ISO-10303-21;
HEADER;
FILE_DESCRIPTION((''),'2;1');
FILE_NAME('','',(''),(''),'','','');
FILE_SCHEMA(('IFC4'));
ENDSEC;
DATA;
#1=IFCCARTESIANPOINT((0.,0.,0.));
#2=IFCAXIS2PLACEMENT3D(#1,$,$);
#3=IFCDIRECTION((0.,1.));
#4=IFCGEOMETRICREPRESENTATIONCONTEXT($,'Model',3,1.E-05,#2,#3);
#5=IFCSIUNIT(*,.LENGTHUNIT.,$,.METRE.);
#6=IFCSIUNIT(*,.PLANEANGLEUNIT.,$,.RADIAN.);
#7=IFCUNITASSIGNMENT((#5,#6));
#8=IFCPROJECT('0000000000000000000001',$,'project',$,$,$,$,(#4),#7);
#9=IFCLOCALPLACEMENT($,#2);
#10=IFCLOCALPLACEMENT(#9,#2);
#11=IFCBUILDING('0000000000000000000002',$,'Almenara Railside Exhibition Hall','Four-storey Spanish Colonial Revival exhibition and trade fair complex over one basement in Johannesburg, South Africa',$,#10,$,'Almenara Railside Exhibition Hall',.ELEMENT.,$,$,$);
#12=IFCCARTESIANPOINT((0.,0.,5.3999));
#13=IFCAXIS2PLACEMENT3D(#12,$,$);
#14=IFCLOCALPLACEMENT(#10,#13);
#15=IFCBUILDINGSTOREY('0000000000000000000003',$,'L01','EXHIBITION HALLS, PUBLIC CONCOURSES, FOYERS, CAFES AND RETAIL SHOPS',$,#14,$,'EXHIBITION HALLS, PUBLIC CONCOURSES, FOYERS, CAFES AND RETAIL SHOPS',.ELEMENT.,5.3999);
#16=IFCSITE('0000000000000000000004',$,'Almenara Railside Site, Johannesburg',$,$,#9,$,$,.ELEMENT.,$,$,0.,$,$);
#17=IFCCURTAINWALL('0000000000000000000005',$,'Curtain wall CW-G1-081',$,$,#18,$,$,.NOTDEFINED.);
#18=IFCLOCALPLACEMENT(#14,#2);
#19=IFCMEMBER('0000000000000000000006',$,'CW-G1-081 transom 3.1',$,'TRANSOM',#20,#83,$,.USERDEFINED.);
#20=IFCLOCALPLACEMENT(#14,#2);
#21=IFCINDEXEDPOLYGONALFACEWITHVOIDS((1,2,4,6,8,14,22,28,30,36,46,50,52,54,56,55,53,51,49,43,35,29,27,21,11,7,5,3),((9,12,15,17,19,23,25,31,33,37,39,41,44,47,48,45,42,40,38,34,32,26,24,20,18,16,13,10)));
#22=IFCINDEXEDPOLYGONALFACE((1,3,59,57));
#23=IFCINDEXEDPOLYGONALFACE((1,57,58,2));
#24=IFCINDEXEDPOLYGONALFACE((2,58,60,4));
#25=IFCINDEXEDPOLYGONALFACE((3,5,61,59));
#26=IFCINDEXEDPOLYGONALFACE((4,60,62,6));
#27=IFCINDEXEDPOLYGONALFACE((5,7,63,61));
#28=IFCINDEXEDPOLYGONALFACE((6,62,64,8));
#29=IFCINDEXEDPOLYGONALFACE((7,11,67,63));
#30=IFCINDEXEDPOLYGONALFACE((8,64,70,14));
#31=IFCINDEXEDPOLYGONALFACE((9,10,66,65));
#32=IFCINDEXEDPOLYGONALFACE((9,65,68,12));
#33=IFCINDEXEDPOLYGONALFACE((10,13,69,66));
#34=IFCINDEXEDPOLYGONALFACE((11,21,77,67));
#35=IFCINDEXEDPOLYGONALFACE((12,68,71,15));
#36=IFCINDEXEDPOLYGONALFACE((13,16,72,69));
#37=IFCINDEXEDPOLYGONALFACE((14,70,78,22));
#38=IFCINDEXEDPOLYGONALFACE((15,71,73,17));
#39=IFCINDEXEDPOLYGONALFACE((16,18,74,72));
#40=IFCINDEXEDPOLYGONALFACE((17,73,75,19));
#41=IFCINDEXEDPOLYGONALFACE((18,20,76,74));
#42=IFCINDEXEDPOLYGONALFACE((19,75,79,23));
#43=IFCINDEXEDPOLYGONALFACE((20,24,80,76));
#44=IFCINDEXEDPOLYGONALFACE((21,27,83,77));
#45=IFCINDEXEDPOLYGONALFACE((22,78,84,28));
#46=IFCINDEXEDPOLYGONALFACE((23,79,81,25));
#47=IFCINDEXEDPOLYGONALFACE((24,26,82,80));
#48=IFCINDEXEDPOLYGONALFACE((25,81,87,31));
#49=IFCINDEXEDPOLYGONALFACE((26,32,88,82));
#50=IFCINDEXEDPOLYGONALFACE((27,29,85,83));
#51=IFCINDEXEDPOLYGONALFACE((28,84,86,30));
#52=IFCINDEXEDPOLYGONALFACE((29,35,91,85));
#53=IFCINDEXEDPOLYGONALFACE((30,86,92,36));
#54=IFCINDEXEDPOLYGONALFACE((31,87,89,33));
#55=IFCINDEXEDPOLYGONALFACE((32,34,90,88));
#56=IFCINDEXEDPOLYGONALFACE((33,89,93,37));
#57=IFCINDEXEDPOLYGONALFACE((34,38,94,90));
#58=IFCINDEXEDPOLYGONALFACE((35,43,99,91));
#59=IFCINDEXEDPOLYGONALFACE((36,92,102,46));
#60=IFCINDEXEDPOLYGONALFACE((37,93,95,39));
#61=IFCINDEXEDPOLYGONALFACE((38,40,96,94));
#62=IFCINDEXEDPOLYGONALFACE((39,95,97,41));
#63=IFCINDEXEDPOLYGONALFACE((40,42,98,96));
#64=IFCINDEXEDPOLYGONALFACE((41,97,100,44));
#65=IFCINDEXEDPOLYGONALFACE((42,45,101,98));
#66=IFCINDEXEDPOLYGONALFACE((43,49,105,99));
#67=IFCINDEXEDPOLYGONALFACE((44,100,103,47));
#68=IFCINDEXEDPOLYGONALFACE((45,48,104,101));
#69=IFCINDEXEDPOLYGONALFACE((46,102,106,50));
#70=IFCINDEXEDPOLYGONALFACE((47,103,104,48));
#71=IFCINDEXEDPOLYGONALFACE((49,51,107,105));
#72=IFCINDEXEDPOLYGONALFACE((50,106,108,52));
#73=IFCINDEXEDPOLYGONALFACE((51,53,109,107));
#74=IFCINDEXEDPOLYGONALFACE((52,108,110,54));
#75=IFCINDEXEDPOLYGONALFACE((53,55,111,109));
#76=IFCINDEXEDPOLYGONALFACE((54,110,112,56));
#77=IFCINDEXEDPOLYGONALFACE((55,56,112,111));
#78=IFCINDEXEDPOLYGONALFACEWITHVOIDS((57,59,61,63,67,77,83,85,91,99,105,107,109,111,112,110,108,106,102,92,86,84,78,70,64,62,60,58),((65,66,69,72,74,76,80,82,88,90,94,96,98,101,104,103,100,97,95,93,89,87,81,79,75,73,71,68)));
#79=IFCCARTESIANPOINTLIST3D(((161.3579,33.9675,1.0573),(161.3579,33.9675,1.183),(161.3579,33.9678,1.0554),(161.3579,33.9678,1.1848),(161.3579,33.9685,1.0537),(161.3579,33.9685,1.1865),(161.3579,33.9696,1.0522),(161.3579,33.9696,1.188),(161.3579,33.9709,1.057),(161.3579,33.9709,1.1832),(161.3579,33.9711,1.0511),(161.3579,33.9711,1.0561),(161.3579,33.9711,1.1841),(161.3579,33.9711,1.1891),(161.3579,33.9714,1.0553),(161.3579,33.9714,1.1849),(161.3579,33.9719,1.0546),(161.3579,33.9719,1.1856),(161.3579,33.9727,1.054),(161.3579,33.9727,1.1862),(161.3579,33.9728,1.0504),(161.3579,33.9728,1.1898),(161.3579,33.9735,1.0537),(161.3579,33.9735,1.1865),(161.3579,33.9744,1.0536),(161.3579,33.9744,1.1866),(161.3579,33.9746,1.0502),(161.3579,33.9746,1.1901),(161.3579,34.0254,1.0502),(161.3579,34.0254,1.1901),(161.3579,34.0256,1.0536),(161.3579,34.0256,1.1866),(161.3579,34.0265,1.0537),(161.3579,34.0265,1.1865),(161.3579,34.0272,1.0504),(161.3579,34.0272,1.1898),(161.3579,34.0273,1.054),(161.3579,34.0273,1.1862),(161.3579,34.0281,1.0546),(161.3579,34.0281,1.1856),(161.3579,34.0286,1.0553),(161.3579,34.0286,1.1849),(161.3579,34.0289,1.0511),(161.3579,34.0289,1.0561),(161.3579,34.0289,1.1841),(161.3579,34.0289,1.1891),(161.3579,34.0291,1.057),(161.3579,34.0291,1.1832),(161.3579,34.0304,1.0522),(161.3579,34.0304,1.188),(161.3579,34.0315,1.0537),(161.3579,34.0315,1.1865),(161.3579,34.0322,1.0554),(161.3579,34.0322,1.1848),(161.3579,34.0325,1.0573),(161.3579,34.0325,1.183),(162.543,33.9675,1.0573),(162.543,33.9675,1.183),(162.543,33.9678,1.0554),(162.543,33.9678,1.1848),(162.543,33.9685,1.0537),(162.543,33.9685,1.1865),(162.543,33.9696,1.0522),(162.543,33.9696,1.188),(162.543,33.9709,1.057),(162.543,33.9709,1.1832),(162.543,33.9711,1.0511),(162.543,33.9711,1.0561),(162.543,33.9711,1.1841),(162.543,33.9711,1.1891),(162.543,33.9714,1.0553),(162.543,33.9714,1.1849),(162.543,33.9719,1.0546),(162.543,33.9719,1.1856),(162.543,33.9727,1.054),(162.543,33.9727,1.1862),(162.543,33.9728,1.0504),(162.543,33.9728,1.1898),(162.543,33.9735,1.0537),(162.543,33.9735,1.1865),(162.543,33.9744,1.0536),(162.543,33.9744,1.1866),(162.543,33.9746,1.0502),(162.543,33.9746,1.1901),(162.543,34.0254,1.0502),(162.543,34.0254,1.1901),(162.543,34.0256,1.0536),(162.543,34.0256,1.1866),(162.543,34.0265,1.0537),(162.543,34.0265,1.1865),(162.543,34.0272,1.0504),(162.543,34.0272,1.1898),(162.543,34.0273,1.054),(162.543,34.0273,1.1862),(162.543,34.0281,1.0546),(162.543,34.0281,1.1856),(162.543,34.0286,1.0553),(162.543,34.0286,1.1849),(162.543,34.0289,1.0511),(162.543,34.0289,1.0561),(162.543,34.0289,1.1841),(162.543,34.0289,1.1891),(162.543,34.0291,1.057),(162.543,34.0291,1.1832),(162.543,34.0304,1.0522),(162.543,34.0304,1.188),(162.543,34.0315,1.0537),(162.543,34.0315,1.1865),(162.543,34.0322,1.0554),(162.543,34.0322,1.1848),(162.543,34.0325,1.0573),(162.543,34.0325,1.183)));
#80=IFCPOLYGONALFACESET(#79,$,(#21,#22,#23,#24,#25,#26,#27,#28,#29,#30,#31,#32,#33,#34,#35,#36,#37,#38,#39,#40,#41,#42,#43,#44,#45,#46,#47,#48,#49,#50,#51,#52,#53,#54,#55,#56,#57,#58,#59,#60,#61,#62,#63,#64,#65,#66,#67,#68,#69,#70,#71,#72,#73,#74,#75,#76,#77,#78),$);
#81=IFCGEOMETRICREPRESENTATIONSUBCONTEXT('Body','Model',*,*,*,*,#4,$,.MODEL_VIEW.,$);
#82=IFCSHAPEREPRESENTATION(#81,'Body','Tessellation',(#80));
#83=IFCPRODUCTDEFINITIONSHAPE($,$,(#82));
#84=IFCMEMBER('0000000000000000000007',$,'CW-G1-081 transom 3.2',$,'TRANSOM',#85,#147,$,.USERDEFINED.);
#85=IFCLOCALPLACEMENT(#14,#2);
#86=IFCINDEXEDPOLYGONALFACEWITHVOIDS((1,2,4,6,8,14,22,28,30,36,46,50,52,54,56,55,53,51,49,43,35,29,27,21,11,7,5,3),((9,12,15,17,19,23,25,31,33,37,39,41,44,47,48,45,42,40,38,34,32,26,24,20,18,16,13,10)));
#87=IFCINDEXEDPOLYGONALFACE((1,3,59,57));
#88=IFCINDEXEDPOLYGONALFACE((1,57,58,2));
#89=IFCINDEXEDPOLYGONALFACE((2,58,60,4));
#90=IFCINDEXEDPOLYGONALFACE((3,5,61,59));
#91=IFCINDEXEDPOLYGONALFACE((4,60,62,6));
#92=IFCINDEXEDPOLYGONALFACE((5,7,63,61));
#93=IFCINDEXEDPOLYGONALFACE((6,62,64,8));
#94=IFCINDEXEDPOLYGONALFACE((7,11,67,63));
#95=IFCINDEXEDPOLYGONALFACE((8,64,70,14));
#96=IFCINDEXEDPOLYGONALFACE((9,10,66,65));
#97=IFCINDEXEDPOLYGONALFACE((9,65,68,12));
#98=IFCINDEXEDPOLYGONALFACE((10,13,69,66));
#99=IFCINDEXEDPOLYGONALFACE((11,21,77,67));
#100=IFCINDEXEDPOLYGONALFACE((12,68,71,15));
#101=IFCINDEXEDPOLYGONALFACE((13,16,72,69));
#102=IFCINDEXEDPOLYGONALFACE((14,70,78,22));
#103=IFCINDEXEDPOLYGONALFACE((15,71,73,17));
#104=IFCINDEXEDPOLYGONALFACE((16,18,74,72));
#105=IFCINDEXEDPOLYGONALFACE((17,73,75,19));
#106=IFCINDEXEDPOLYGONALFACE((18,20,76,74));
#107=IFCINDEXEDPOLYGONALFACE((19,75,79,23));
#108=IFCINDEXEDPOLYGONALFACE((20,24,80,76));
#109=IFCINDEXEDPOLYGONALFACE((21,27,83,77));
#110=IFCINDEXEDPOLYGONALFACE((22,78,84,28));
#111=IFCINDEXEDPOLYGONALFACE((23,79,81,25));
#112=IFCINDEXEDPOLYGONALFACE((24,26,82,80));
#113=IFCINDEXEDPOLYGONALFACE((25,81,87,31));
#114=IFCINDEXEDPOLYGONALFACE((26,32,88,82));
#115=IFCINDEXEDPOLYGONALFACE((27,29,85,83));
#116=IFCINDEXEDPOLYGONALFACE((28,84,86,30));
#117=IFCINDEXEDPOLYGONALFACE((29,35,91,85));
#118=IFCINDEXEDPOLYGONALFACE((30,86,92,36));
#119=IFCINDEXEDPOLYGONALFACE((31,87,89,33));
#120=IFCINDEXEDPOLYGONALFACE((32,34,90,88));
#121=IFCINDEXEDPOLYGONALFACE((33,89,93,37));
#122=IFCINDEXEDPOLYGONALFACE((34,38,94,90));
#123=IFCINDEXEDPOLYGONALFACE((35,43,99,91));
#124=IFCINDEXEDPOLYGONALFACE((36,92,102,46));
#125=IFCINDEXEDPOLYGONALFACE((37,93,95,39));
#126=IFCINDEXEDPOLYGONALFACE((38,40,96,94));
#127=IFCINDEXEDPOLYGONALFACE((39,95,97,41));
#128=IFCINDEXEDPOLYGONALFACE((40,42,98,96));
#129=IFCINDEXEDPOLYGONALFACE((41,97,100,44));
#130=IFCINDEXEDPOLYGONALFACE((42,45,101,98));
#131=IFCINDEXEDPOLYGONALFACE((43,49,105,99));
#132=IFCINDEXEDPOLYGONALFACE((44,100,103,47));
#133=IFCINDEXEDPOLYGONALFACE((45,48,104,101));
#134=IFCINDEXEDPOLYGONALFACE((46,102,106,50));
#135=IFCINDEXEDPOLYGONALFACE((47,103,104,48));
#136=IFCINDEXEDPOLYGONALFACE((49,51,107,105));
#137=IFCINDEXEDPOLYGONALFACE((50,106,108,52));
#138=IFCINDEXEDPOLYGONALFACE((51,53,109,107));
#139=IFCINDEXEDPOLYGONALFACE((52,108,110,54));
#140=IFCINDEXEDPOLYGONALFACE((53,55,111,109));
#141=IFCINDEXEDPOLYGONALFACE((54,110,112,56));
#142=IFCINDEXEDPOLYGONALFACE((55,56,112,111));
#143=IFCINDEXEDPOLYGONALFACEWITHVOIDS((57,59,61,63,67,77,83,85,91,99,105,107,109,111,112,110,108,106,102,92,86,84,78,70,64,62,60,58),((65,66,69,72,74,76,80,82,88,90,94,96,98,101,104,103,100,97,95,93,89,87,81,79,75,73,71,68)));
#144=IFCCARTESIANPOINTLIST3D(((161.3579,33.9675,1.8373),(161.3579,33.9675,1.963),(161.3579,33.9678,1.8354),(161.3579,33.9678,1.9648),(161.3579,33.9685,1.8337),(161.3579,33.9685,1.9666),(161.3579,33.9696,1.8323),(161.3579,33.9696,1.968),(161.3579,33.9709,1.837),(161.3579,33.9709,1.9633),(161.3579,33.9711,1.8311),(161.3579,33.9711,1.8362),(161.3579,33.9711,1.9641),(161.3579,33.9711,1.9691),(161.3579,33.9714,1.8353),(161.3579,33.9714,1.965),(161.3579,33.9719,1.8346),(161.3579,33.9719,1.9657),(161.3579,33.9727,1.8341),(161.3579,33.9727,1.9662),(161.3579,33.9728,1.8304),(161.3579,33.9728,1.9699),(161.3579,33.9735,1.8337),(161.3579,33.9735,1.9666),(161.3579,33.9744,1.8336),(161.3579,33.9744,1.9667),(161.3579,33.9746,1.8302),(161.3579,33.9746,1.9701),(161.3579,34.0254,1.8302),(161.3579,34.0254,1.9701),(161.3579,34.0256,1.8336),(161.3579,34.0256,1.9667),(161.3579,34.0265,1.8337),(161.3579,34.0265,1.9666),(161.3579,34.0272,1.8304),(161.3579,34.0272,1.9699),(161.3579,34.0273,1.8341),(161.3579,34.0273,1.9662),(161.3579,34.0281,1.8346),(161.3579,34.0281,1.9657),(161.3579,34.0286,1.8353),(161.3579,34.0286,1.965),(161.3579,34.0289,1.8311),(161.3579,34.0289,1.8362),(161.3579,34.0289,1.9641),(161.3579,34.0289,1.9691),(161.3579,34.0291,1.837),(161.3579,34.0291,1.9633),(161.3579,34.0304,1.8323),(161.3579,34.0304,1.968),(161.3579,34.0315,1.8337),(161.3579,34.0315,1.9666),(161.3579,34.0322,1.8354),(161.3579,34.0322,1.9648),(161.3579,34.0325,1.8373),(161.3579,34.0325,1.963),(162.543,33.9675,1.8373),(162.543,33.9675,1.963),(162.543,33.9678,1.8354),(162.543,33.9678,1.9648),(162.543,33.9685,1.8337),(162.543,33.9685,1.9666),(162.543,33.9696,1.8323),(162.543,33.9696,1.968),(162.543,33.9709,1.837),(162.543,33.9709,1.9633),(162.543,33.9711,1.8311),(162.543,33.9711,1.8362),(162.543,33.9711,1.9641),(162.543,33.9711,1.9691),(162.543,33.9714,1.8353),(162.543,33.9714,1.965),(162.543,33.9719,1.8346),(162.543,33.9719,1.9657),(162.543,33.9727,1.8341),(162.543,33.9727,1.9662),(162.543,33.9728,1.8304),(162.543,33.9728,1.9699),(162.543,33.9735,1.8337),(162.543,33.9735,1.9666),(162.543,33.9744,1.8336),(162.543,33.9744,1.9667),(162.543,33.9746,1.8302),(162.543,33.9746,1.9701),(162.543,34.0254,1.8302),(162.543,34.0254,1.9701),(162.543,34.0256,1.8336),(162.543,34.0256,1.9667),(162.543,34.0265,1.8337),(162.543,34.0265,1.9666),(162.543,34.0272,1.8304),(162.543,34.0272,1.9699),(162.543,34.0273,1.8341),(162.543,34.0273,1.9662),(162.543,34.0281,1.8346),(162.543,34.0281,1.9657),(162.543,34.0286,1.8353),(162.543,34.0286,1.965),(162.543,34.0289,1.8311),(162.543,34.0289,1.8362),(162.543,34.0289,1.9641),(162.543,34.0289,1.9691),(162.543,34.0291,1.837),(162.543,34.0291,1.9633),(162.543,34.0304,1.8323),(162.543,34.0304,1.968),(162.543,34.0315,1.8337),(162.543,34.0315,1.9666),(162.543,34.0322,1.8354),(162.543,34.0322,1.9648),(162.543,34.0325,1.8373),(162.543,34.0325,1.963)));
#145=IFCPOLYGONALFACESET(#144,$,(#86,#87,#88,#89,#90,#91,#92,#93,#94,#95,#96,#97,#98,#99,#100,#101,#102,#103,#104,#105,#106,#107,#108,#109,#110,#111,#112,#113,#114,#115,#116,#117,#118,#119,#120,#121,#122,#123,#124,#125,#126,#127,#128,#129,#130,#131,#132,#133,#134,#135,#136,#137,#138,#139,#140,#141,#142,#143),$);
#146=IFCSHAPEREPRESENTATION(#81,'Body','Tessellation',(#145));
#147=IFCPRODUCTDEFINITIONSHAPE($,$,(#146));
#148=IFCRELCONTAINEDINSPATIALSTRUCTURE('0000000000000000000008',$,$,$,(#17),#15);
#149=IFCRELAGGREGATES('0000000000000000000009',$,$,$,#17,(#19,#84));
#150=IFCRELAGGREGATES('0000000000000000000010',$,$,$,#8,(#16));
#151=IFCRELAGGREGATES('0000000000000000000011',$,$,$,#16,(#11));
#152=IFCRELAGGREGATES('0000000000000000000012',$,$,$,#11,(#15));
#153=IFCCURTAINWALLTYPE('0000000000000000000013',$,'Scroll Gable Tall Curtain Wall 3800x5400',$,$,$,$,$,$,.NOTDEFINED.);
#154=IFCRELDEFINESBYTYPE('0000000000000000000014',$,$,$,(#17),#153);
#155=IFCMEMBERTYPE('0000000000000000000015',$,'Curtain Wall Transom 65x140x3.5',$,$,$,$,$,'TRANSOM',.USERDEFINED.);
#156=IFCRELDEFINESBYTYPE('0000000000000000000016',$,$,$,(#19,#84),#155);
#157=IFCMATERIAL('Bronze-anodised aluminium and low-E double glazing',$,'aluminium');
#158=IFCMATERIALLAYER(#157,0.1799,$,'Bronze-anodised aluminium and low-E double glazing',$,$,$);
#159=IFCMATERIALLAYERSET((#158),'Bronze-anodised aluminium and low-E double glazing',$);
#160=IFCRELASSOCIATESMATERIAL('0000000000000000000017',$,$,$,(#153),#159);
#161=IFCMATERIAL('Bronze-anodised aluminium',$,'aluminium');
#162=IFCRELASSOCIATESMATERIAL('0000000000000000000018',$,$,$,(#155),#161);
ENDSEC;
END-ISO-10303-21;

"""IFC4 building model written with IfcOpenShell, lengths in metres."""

from ifc_helpers import new_model, si_unit, direction, frame, origin, origin_2d, place, context, subcontext, project, spatial, hollow_rectangle, extrude, material, layer, layer_set, material_profile, profile_set, type_object, element, aggregate, save


model = new_model("IFC4")

# Units and contexts
model_context = context("Model", 3, precision=1e-05, world=origin(), true_north=direction((0.0, 1.0)))
body_context = subcontext(model_context, "Body", "Model", "MODEL_VIEW")
ifc_project = project(units=[si_unit("LENGTHUNIT", "METRE"), si_unit("PLANEANGLEUNIT", "RADIAN")], contexts=[model_context])

# Site, building, storey
site_placement = place(None, origin())
site = spatial("IfcSite", under=ifc_project, at=site_placement, Name="Almenara Railside Site, Johannesburg", CompositionType="ELEMENT", RefElevation=0.0)
building_placement = place(site_placement, origin())
building = spatial("IfcBuilding", under=site, at=building_placement, Name="Almenara Railside Exhibition Hall", Description="Four-storey Spanish Colonial Revival exhibition and trade fair complex over one basement in Johannesburg, South Africa", LongName="Almenara Railside Exhibition Hall", CompositionType="ELEMENT")
storey_placement = place(building_placement, frame((0.0, 0.0, 5.3999)))
storey = spatial("IfcBuildingStorey", under=building, at=storey_placement, Name="L01", Description="EXHIBITION HALLS, PUBLIC CONCOURSES, FOYERS, CAFES AND RETAIL SHOPS", LongName="EXHIBITION HALLS, PUBLIC CONCOURSES, FOYERS, CAFES AND RETAIL SHOPS", CompositionType="ELEMENT", Elevation=5.3999)

# Shared definitions
ifc_material_1 = material(Name="Bronze-anodised aluminium and low-E double glazing", Category="aluminium")
ifc_layer_1 = layer(ifc_material_1, 0.1799, Name="Bronze-anodised aluminium and low-E double glazing")
ifc_layer_set_1 = layer_set([ifc_layer_1], Name="Bronze-anodised aluminium and low-E double glazing")
curtain_wall_type = type_object("IfcCurtainWallType", Name="Scroll Gable Tall Curtain Wall 3800x5400", PredefinedType="NOTDEFINED", material=ifc_layer_set_1)
ifc_material_2 = material(Name="Bronze-anodised aluminium", Category="aluminium")

# Curtain wall
curtain_wall_1_placement = place(storey_placement, origin())
curtain_wall_1 = element("IfcCurtainWall", 1, at=curtain_wall_1_placement, inside=storey, type_object=curtain_wall_type, Name="Curtain wall CW-G1-081", PredefinedType="NOTDEFINED")

# Members
ifc_material_profile_1 = material_profile(ifc_material_2, hollow_rectangle(XDim=0.0649, YDim=0.1399, WallThickness=0.0034, InnerFilletRadius=0.0034, OuterFilletRadius=0.0071, at=origin_2d()), Name="ALU-TRN 65x140x3.5")
ifc_profile_set_1 = profile_set([ifc_material_profile_1], Name="Bronze-anodised aluminium")
member_type_1 = type_object("IfcMemberType", Name="Curtain Wall Transom 65x140x3.5", ElementType="TRANSOM", PredefinedType="USERDEFINED", material=ifc_profile_set_1)
member_1_placement = place(storey_placement, frame((161.3579, 34.0, 1.1201), z_axis=(1.0, 0.0, 0.0), x_axis=(0.0, 1.0, 0.0)))
member_1 = element("IfcMember", 2, at=member_1_placement, type_object=member_type_1, Name="CW-G1-081 transom 3.1", ObjectType="TRANSOM", PredefinedType="USERDEFINED", context=body_context, shape_type="SweptSolid", body=[
    extrude(hollow_rectangle(XDim=0.0649, YDim=0.1399, WallThickness=0.0034, InnerFilletRadius=0.0034, OuterFilletRadius=0.0071, at=origin_2d()), origin(), (0.0, 0.0, 1.0), 1.1851),
])
member_2_placement = place(storey_placement, frame((161.3579, 34.0, 1.9001), z_axis=(1.0, 0.0, 0.0), x_axis=(0.0, 1.0, 0.0)))
member_2 = element("IfcMember", 3, at=member_2_placement, type_object=member_type_1, Name="CW-G1-081 transom 3.2", ObjectType="TRANSOM", PredefinedType="USERDEFINED", context=body_context, shape_type="SweptSolid", body=[
    extrude(hollow_rectangle(XDim=0.0649, YDim=0.1399, WallThickness=0.0034, InnerFilletRadius=0.0034, OuterFilletRadius=0.0071, at=origin_2d()), origin(), (0.0, 0.0, 1.0), 1.1851),
])

aggregate(curtain_wall_1, [member_1, member_2])

save(model, "model.ifc")
